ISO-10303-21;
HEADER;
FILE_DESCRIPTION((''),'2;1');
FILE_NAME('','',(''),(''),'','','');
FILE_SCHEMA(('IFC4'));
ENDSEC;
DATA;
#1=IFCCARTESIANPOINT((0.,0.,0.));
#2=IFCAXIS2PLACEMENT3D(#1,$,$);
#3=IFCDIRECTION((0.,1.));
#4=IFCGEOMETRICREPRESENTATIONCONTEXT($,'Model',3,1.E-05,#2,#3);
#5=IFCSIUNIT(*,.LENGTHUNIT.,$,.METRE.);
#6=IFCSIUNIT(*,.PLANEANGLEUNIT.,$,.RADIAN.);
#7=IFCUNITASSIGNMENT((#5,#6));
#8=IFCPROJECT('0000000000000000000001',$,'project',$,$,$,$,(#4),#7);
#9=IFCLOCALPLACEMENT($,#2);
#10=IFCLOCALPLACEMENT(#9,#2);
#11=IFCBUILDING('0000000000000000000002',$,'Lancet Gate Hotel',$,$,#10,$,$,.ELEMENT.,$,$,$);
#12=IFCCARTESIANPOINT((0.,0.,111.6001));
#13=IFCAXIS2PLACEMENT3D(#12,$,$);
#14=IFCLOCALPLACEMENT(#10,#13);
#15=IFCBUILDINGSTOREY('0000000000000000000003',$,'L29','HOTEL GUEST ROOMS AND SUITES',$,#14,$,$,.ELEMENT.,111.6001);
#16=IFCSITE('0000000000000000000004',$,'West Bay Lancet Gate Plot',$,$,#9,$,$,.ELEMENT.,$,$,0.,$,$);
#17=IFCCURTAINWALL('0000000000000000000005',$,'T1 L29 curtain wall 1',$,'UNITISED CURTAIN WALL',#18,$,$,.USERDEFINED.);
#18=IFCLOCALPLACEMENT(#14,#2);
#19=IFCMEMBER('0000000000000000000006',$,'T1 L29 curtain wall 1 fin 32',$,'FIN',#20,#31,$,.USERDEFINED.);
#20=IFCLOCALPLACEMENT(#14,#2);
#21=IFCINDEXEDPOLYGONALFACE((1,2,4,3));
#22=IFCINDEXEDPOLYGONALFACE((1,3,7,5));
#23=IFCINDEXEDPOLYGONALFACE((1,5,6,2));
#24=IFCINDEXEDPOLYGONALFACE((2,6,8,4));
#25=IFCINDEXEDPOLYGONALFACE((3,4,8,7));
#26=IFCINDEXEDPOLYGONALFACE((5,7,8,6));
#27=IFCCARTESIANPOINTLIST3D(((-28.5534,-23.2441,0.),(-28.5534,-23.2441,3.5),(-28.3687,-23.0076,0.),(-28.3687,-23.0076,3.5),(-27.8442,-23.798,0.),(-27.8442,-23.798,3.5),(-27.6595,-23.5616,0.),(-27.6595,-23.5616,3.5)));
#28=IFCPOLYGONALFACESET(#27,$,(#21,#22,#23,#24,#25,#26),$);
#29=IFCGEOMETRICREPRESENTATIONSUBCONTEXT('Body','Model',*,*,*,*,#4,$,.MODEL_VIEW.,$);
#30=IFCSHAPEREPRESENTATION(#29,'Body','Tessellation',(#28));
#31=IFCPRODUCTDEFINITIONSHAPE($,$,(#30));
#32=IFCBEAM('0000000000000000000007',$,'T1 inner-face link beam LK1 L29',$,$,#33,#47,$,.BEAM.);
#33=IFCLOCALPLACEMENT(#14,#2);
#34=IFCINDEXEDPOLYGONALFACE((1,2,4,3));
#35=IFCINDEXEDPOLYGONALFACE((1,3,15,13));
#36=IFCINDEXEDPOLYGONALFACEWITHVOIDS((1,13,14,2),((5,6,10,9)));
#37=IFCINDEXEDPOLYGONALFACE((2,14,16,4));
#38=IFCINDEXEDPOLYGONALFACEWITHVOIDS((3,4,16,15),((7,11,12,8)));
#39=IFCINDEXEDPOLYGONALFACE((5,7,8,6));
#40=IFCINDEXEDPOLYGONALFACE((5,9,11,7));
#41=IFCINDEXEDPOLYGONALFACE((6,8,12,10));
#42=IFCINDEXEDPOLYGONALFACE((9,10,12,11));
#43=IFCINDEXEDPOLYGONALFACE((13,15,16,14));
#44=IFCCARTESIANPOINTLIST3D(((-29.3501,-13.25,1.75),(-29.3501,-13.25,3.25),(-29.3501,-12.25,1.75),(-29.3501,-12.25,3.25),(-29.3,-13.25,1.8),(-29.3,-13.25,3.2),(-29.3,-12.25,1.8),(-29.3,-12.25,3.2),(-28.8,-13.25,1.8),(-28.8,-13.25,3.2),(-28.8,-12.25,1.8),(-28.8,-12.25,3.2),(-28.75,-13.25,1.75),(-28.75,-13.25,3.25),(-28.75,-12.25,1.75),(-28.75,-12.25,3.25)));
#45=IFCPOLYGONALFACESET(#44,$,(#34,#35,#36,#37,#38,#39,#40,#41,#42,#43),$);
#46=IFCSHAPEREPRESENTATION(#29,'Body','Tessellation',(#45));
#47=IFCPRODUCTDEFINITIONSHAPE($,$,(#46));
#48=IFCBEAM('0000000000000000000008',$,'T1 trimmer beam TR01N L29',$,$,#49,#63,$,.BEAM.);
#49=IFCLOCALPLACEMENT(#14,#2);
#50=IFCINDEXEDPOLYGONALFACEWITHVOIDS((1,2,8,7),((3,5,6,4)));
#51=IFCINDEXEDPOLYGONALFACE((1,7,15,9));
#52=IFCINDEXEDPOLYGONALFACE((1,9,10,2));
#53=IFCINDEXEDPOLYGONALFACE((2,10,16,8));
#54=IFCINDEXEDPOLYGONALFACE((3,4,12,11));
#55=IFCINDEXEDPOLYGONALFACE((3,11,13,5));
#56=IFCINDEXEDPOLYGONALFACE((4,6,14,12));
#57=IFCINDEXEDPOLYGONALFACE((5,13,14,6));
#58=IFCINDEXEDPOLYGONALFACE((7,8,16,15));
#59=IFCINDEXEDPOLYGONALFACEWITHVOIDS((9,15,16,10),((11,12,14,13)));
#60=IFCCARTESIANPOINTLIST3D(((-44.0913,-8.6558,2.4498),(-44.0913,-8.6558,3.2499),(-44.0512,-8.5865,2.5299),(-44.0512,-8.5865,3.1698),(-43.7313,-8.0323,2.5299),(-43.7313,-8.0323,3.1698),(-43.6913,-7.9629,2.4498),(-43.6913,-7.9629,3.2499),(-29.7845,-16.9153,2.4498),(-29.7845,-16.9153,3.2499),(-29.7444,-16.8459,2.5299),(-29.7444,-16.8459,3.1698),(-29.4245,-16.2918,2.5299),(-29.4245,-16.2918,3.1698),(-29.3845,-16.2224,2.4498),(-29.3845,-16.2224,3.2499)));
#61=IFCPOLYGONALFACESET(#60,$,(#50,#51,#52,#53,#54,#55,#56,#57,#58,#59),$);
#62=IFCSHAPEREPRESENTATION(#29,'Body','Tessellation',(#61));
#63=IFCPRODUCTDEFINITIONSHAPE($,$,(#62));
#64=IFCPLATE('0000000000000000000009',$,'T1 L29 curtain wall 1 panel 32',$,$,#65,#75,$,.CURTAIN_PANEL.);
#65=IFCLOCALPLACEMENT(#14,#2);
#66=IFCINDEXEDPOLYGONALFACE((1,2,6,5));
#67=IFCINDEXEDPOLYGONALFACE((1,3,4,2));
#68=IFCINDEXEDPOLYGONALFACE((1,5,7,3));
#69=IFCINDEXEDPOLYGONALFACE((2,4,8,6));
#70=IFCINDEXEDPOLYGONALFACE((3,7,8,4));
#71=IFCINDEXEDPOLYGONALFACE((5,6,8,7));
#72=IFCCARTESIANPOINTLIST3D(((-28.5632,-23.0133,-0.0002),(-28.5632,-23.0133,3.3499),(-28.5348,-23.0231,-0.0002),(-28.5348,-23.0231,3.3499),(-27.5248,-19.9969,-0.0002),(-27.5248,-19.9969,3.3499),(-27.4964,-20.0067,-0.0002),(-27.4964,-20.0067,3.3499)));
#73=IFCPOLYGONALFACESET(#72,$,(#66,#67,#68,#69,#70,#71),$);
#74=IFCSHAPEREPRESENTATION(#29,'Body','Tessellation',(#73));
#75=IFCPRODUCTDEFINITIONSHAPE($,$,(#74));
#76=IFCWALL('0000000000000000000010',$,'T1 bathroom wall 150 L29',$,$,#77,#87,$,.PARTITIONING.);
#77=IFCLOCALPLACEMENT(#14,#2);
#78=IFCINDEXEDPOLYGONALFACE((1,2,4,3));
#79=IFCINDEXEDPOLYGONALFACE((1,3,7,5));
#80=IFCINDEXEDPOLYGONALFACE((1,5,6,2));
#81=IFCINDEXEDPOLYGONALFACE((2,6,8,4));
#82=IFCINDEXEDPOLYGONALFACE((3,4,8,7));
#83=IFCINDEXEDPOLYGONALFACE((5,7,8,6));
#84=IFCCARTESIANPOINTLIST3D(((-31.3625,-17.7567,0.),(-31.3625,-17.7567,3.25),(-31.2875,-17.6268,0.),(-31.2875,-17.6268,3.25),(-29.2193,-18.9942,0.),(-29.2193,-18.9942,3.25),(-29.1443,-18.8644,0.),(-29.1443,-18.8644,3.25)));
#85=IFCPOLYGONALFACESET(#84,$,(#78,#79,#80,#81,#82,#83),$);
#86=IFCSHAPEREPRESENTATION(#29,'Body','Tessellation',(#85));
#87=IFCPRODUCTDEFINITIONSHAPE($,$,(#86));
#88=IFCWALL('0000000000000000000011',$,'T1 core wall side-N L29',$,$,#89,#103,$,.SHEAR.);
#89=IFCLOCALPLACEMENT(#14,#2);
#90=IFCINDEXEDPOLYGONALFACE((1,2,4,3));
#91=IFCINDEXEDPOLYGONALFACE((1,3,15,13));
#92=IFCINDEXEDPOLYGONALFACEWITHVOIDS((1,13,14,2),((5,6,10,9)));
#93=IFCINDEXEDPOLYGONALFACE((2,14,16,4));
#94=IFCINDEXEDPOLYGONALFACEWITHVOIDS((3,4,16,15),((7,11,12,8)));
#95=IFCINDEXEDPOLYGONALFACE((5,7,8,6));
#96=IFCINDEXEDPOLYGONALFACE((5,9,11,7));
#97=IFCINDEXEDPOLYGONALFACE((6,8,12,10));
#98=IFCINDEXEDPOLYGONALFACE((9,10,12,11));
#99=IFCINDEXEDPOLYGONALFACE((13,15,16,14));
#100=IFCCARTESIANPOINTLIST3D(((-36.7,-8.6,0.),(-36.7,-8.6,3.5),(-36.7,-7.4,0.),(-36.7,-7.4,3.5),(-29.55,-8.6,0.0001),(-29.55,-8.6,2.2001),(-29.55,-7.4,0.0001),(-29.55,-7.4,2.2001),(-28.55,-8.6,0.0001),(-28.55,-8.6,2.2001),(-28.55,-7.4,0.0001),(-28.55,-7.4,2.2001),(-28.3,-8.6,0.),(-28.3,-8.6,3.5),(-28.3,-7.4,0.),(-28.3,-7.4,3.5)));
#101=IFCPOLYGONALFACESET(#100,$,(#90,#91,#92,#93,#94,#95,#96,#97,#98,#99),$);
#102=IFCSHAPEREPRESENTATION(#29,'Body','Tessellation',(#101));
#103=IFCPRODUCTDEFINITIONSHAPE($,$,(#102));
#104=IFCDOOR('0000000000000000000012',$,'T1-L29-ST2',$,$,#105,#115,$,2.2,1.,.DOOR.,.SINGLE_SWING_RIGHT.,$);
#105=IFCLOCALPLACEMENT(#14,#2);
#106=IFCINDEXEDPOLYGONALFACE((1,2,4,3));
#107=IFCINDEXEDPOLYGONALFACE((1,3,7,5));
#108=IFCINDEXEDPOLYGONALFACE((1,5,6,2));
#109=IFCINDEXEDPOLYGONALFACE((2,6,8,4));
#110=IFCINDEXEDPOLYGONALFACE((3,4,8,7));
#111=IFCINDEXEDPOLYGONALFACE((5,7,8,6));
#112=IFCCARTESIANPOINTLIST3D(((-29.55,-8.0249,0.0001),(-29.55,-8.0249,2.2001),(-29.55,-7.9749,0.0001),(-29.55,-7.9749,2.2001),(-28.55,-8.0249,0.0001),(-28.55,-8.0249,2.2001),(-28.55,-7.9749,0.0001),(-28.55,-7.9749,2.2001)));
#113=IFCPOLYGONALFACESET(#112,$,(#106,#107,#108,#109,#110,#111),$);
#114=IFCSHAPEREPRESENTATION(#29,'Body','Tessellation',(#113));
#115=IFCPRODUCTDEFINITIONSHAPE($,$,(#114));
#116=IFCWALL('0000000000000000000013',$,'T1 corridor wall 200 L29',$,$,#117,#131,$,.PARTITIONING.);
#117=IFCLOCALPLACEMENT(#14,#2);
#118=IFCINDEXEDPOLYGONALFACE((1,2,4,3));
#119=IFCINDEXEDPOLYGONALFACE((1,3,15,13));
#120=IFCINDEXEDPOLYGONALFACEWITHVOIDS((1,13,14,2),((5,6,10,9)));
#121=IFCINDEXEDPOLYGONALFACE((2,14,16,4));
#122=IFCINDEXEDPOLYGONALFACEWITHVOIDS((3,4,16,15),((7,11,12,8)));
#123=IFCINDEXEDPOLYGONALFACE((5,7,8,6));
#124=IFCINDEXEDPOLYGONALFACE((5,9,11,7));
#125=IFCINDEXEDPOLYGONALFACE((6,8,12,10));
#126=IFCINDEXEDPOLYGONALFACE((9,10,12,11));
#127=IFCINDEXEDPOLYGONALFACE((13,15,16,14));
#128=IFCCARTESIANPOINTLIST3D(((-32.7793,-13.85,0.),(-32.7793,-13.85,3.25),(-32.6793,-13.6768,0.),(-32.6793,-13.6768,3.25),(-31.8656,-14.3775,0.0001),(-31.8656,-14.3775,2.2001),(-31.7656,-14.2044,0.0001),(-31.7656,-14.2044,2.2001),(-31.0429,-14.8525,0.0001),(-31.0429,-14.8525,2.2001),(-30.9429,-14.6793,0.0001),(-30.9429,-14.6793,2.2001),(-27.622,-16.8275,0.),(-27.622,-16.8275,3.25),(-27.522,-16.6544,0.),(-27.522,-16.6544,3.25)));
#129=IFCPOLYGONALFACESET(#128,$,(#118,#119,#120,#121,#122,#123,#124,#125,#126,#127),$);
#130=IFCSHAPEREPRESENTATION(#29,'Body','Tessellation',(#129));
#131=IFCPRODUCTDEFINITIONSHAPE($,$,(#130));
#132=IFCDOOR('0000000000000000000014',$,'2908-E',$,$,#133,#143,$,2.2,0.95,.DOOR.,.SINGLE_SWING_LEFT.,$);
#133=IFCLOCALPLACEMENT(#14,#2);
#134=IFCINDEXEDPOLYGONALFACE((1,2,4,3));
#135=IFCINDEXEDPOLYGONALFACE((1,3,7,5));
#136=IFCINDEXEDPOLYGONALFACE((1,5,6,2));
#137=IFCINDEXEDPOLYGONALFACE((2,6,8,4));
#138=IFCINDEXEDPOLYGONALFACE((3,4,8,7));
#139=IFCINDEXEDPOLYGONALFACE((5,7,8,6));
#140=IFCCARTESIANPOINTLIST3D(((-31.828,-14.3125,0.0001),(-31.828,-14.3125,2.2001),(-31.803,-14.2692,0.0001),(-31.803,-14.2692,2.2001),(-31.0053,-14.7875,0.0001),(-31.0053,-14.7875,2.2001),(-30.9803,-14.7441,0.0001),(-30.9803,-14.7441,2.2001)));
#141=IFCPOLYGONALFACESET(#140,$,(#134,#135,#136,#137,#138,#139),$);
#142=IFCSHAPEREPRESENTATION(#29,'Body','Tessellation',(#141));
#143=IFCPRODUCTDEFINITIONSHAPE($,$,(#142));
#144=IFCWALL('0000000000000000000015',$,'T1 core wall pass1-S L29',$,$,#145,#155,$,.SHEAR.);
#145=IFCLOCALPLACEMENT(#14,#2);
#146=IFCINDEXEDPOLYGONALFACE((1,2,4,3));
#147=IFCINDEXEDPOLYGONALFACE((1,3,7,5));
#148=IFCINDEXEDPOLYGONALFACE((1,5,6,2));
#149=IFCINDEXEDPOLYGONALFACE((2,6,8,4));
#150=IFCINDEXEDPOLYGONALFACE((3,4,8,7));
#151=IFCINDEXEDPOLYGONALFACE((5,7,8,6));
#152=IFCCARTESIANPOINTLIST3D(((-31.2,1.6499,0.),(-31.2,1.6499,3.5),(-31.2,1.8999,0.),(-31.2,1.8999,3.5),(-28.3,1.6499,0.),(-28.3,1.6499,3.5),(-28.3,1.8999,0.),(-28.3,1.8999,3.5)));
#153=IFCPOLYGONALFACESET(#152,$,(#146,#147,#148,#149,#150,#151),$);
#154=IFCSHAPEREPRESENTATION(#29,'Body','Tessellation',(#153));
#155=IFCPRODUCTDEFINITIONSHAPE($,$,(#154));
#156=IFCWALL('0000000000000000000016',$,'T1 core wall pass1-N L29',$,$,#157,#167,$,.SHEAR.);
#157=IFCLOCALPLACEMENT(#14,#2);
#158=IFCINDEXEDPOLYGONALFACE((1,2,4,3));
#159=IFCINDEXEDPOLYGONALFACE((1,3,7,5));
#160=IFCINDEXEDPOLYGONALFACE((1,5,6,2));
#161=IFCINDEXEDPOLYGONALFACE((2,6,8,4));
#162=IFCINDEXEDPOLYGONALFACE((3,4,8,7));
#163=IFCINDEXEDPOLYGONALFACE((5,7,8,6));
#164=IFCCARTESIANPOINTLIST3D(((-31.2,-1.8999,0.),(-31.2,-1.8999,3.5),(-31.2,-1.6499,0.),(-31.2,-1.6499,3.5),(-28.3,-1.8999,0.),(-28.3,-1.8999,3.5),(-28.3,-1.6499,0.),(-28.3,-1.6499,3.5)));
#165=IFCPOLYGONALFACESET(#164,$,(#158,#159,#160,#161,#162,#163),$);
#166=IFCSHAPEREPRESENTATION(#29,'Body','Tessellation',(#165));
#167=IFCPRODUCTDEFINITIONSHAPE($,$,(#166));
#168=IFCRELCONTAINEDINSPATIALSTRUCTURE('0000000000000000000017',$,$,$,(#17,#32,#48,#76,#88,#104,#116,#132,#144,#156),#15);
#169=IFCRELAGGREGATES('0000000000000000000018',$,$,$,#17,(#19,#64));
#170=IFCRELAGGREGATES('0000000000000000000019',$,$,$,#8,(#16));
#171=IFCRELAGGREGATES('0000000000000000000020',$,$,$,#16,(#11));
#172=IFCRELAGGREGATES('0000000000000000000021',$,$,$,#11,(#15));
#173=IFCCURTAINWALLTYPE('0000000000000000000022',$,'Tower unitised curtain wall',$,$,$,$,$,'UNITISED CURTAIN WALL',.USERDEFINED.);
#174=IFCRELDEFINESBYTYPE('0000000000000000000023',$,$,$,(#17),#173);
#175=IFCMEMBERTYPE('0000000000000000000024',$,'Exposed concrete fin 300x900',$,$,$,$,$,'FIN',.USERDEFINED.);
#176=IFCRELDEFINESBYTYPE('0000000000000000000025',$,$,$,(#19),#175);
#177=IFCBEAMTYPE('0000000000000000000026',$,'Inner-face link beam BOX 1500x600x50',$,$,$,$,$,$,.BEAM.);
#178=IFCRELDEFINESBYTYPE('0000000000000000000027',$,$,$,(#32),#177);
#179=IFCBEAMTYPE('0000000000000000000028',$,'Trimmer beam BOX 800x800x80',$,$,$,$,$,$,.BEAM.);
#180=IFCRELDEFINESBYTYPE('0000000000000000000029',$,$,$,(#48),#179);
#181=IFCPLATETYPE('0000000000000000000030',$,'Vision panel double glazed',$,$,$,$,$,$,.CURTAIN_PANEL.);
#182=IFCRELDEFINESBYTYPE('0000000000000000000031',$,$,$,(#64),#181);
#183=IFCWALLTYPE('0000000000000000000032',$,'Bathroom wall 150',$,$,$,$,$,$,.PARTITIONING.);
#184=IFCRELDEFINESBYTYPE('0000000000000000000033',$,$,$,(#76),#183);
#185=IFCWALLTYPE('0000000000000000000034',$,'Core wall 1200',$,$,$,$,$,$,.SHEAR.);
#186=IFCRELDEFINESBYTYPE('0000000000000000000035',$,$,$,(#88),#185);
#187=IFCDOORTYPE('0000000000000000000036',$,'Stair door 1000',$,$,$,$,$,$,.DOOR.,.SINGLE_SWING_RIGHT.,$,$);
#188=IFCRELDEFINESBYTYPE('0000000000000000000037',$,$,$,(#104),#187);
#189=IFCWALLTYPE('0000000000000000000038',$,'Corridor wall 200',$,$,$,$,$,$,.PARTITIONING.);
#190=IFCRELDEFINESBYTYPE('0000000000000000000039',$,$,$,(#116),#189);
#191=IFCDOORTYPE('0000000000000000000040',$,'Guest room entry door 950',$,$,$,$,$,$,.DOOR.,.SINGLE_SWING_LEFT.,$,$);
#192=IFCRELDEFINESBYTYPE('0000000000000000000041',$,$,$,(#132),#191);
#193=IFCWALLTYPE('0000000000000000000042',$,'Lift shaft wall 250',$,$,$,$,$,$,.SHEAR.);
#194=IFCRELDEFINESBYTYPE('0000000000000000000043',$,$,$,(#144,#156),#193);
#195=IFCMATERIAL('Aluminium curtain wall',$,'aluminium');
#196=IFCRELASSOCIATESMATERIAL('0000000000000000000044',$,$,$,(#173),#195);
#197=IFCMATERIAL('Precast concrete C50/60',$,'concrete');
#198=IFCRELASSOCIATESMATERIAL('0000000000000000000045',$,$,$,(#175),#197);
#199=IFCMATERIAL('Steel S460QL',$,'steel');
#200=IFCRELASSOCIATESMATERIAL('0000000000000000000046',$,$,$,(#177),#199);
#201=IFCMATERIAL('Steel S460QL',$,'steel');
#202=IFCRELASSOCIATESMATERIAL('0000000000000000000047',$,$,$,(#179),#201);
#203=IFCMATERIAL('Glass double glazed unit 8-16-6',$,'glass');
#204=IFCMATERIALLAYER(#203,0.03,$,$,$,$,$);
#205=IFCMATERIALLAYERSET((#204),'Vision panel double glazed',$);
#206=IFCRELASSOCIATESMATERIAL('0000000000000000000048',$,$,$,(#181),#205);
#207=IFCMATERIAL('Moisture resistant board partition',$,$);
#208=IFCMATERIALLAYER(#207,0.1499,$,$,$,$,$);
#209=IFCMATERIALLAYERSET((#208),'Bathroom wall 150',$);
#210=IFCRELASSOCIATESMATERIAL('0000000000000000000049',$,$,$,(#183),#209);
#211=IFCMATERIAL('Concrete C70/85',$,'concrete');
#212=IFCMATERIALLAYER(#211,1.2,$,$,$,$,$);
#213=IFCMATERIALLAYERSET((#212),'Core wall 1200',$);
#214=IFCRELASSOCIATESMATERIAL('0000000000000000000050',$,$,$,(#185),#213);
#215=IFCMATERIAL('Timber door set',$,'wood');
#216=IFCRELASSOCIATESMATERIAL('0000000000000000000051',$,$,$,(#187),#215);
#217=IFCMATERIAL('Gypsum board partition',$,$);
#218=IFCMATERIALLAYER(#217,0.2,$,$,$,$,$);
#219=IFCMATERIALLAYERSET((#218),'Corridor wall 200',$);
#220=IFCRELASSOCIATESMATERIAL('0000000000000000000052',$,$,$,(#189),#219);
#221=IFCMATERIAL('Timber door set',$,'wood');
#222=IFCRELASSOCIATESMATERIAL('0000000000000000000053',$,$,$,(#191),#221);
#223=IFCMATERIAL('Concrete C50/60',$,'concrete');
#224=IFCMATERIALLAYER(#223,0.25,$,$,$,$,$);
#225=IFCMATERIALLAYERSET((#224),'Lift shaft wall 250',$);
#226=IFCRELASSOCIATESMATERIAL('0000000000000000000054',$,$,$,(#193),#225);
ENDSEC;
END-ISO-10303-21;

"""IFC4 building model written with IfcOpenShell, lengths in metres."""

from ifc_helpers import new_model, si_unit, direction, frame, frame_2d, origin, origin_2d, place, context, subcontext, project, spatial, rectangle, hollow_rectangle, extrude, material, layer, layer_set, material_profile, profile_set, type_object, element, fill, aggregate, save


model = new_model("IFC4")

# Units and contexts
model_context = context("Model", 3, precision=1e-05, world=origin(), true_north=direction((0.0, 1.0)))
body_context = subcontext(model_context, "Body", "Model", "MODEL_VIEW")
ifc_project = project(units=[si_unit("LENGTHUNIT", "METRE"), si_unit("PLANEANGLEUNIT", "RADIAN")], contexts=[model_context])

# Site, building, storey
site_placement = place(None, origin())
site = spatial("IfcSite", under=ifc_project, at=site_placement, Name="West Bay Lancet Gate Plot", CompositionType="ELEMENT", RefElevation=0.0)
building_placement = place(site_placement, origin())
building = spatial("IfcBuilding", under=site, at=building_placement, Name="Lancet Gate Hotel", CompositionType="ELEMENT")
storey_placement = place(building_placement, frame((0.0, 0.0, 111.6001)))
storey = spatial("IfcBuildingStorey", under=building, at=storey_placement, Name="L29", Description="HOTEL GUEST ROOMS AND SUITES", CompositionType="ELEMENT", Elevation=111.6001)

# Curtain wall
ifc_material_1 = material(Name="Aluminium curtain wall", Category="aluminium")
curtain_wall_type = type_object("IfcCurtainWallType", Name="Tower unitised curtain wall", ElementType="UNITISED CURTAIN WALL", PredefinedType="USERDEFINED", material=ifc_material_1)
curtain_wall_placement = place(storey_placement, origin())
curtain_wall = element("IfcCurtainWall", 1, at=curtain_wall_placement, inside=storey, type_object=curtain_wall_type, Name="T1 L29 curtain wall 1", ObjectType="UNITISED CURTAIN WALL", PredefinedType="USERDEFINED")

# Member
ifc_material_2 = material(Name="Precast concrete C50/60", Category="concrete")
ifc_material_profile_1 = material_profile(ifc_material_2, rectangle(XDim=0.3, YDim=0.8999, at=origin_2d()), Name="FIN 300x900")
ifc_profile_set_1 = profile_set([ifc_material_profile_1], Name="Precast concrete C50/60")
member_type_1 = type_object("IfcMemberType", Name="Exposed concrete fin 300x900", ElementType="FIN", PredefinedType="USERDEFINED", material=ifc_profile_set_1)
member_1_placement = place(storey_placement, frame((-28.1064, -23.4028, 0.0), z_axis=(0.0, 0.0, 1.0), x_axis=(0.615574, 0.788079, 0.0)))
member_1 = element("IfcMember", 2, at=member_1_placement, type_object=member_type_1, Name="T1 L29 curtain wall 1 fin 32", ObjectType="FIN", PredefinedType="USERDEFINED", context=body_context, shape_type="SweptSolid", body=[
    extrude(rectangle(XDim=0.3, YDim=0.8999, at=origin_2d()), origin(), (0.0, 0.0, 1.0), 3.5),
])

# Beams
ifc_material_3 = material(Name="Steel S460QL", Category="steel")
ifc_material_profile_2 = material_profile(ifc_material_3, hollow_rectangle(XDim=0.6001, YDim=1.5, WallThickness=0.05, at=origin_2d()), Name="BOX 1500x600x50")
ifc_profile_set_2 = profile_set([ifc_material_profile_2], Name="Steel S460QL")
beam_type_1 = type_object("IfcBeamType", Name="Inner-face link beam BOX 1500x600x50", PredefinedType="BEAM", material=ifc_profile_set_2)
beam_1_placement = place(storey_placement, frame((-29.05, -12.25, 2.5), z_axis=(0.0, -1.0, 0.0), x_axis=(1.0, 0.0, 0.0)))
element("IfcBeam", 3, at=beam_1_placement, inside=storey, type_object=beam_type_1, Name="T1 inner-face link beam LK1 L29", PredefinedType="BEAM", context=body_context, shape_type="SweptSolid", body=[
    extrude(hollow_rectangle(XDim=0.6001, YDim=1.5, WallThickness=0.05, at=origin_2d()), origin(), (0.0, 0.0, 1.0), 1.0),
])
ifc_material_4 = material(Name="Steel S460QL", Category="steel")
ifc_material_profile_3 = material_profile(ifc_material_4, hollow_rectangle(XDim=0.8, YDim=0.8, WallThickness=0.0801, at=origin_2d()), Name="BOX 800x800x80")
ifc_profile_set_3 = profile_set([ifc_material_profile_3], Name="Steel S460QL")
beam_type_2 = type_object("IfcBeamType", Name="Trimmer beam BOX 800x800x80", PredefinedType="BEAM", material=ifc_profile_set_3)
beam_2_placement = place(storey_placement, frame((-29.5845, -16.5688, 2.8499), z_axis=(-0.86604, 0.499974, 0.0), x_axis=(-0.499974, -0.86604, 0.0)))
element("IfcBeam", 4, at=beam_2_placement, inside=storey, type_object=beam_type_2, Name="T1 trimmer beam TR01N L29", PredefinedType="BEAM", context=body_context, shape_type="SweptSolid", body=[
    extrude(hollow_rectangle(XDim=0.8, YDim=0.8, WallThickness=0.0801, at=origin_2d()), origin(), (0.0, 0.0, 1.0), 16.5198),
])

# Plate
ifc_material_5 = material(Name="Glass double glazed unit 8-16-6", Category="glass")
ifc_layer_1 = layer(ifc_material_5, 0.03)
ifc_layer_set_1 = layer_set([ifc_layer_1], Name="Vision panel double glazed")
plate_type = type_object("IfcPlateType", Name="Vision panel double glazed", PredefinedType="CURTAIN_PANEL", material=ifc_layer_set_1)
plate_placement = place(storey_placement, frame((-28.0298, -21.51, -0.0002), z_axis=(0.0, 0.0, 1.0), x_axis=(0.325516, 0.945537, 0.0)))
plate = element("IfcPlate", 5, at=plate_placement, type_object=plate_type, Name="T1 L29 curtain wall 1 panel 32", PredefinedType="CURTAIN_PANEL", context=body_context, shape_type="SweptSolid", body=[
    extrude(rectangle(XDim=3.1902, YDim=0.03, at=origin_2d()), origin(), (0.0, 0.0, 1.0), 3.3501),
])
aggregate(curtain_wall, [member_1, plate])

# Wall
ifc_material_6 = material(Name="Moisture resistant board partition")
ifc_layer_2 = layer(ifc_material_6, 0.1499)
ifc_layer_set_2 = layer_set([ifc_layer_2], Name="Bathroom wall 150")
wall_type_1 = type_object("IfcWallType", Name="Bathroom wall 150", PredefinedType="PARTITIONING", material=ifc_layer_set_2)
wall_1_placement = place(storey_placement, frame((-29.1819, -18.9292, 0.0), z_axis=(0.0, 0.0, 1.0), x_axis=(-0.866007, 0.500033, 0.0)))
element("IfcWall", 6, at=wall_1_placement, inside=storey, type_object=wall_type_1, Name="T1 bathroom wall 150 L29", PredefinedType="PARTITIONING", context=body_context, shape_type="SweptSolid", body=[
    extrude(rectangle(XDim=2.4749, YDim=0.1499, at=frame_2d((1.2373, 0.0))), origin(), (0.0, 0.0, 1.0), 3.25),
])

# Walls, openings, doors
ifc_material_7 = material(Name="Concrete C70/85", Category="concrete")
ifc_layer_3 = layer(ifc_material_7, 1.2)
ifc_layer_set_3 = layer_set([ifc_layer_3], Name="Core wall 1200")
wall_type_2 = type_object("IfcWallType", Name="Core wall 1200", PredefinedType="SHEAR", material=ifc_layer_set_3)
wall_2_placement = place(storey_placement, frame((-28.3, -8.0, 0.0), z_axis=(0.0, 0.0, 1.0), x_axis=(-1.0, 0.0, 0.0)))
wall_2 = element("IfcWall", 7, at=wall_2_placement, inside=storey, type_object=wall_type_2, Name="T1 core wall side-N L29", PredefinedType="SHEAR", context=body_context, shape_type="SweptSolid", body=[
    extrude(rectangle(XDim=8.3999, YDim=1.2, at=frame_2d((4.2, 0.0))), origin(), (0.0, 0.0, 1.0), 3.5),
])
opening_1_placement = place(wall_2_placement, frame((0.25, 0.0, 0.0)))
opening_1 = element("IfcOpeningElement", 8, at=opening_1_placement, cuts=wall_2, PredefinedType="OPENING", context=body_context, shape_type="SweptSolid", body=[
    extrude(rectangle(XDim=1.0, YDim=2.2, at=frame_2d((0.5, 1.1001))), frame((0.0, 0.6099, 0.0), z_axis=(0.0, -1.0, 0.0), x_axis=(1.0, 0.0, 0.0)), (0.0, 0.0, 1.0), 1.22),
])
ifc_material_8 = material(Name="Timber door set", Category="wood")
door_type_1 = type_object("IfcDoorType", Name="Stair door 1000", OperationType="SINGLE_SWING_RIGHT", PredefinedType="DOOR", material=ifc_material_8)
door_1_placement = place(opening_1_placement, origin())
door_1 = element("IfcDoor", 9, at=door_1_placement, inside=storey, type_object=door_type_1, Name="T1-L29-ST2", OperationType="SINGLE_SWING_RIGHT", OverallHeight=2.2, OverallWidth=1.0, PredefinedType="DOOR", context=body_context, shape_type="SweptSolid", body=[
    extrude(rectangle(XDim=1.0, YDim=2.2, at=frame_2d((0.5, 1.1001))), frame((0.0, 0.0249, 0.0), z_axis=(0.0, -1.0, 0.0), x_axis=(1.0, 0.0, 0.0)), (0.0, 0.0, 1.0), 0.05),
])
fill(opening_1, door_1)
ifc_material_9 = material(Name="Gypsum board partition")
ifc_layer_4 = layer(ifc_material_9, 0.2)
ifc_layer_set_4 = layer_set([ifc_layer_4], Name="Corridor wall 200")
wall_type_3 = type_object("IfcWallType", Name="Corridor wall 200", PredefinedType="PARTITIONING", material=ifc_layer_set_4)
wall_3_placement = place(storey_placement, frame((-27.572, -16.741, 0.0), z_axis=(0.0, 0.0, 1.0), x_axis=(-0.866024, 0.500002, 0.0)))
wall_3 = element("IfcWall", 10, at=wall_3_placement, inside=storey, type_object=wall_type_3, Name="T1 corridor wall 200 L29", PredefinedType="PARTITIONING", context=body_context, shape_type="SweptSolid", body=[
    extrude(rectangle(XDim=5.9551, YDim=0.2, at=frame_2d((2.9775, 0.0))), origin(), (0.0, 0.0, 1.0), 3.25),
])
opening_2_placement = place(wall_3_placement, frame((3.95, 0.0, 0.0)))
opening_2 = element("IfcOpeningElement", 11, at=opening_2_placement, cuts=wall_3, PredefinedType="OPENING", context=body_context, shape_type="SweptSolid", body=[
    extrude(rectangle(XDim=0.95, YDim=2.2, at=frame_2d((0.4751, 1.1001))), frame((0.0, 0.1099, 0.0), z_axis=(0.0, -1.0, 0.0), x_axis=(1.0, 0.0, 0.0)), (0.0, 0.0, 1.0), 0.22),
])
ifc_material_10 = material(Name="Timber door set", Category="wood")
door_type_2 = type_object("IfcDoorType", Name="Guest room entry door 950", OperationType="SINGLE_SWING_LEFT", PredefinedType="DOOR", material=ifc_material_10)
door_2_placement = place(opening_2_placement, origin())
door_2 = element("IfcDoor", 12, at=door_2_placement, inside=storey, type_object=door_type_2, Name="2908-E", OperationType="SINGLE_SWING_LEFT", OverallHeight=2.2, OverallWidth=0.95, PredefinedType="DOOR", context=body_context, shape_type="SweptSolid", body=[
    extrude(rectangle(XDim=0.95, YDim=2.2, at=frame_2d((0.4751, 1.1001))), frame((0.0, 0.0249, 0.0), z_axis=(0.0, -1.0, 0.0), x_axis=(1.0, 0.0, 0.0)), (0.0, 0.0, 1.0), 0.05),
])
fill(opening_2, door_2)

# Walls
ifc_material_11 = material(Name="Concrete C50/60", Category="concrete")
ifc_layer_5 = layer(ifc_material_11, 0.25)
ifc_layer_set_5 = layer_set([ifc_layer_5], Name="Lift shaft wall 250")
wall_type_4 = type_object("IfcWallType", Name="Lift shaft wall 250", PredefinedType="SHEAR", material=ifc_layer_set_5)
for number, where, z_axis, x_axis, name in (
    (13, (-28.3, 1.7749, 0.0), (0.0, 0.0, 1.0), (-1.0, 0.0, 0.0), "T1 core wall pass1-S L29"),
    (14, (-28.3, -1.7749, 0.0), (0.0, 0.0, 1.0), (-1.0, 0.0, 0.0), "T1 core wall pass1-N L29"),
):
    element("IfcWall", number, at=place(storey_placement, frame(where, z_axis=z_axis, x_axis=x_axis)), inside=storey, type_object=wall_type_4, Name=name, PredefinedType="SHEAR", context=body_context, shape_type="SweptSolid", body=[
        extrude(rectangle(XDim=2.8999, YDim=0.25, at=frame_2d((1.45, 0.0))), origin(), (0.0, 0.0, 1.0), 3.5),
    ])

save(model, "model.ifc")
